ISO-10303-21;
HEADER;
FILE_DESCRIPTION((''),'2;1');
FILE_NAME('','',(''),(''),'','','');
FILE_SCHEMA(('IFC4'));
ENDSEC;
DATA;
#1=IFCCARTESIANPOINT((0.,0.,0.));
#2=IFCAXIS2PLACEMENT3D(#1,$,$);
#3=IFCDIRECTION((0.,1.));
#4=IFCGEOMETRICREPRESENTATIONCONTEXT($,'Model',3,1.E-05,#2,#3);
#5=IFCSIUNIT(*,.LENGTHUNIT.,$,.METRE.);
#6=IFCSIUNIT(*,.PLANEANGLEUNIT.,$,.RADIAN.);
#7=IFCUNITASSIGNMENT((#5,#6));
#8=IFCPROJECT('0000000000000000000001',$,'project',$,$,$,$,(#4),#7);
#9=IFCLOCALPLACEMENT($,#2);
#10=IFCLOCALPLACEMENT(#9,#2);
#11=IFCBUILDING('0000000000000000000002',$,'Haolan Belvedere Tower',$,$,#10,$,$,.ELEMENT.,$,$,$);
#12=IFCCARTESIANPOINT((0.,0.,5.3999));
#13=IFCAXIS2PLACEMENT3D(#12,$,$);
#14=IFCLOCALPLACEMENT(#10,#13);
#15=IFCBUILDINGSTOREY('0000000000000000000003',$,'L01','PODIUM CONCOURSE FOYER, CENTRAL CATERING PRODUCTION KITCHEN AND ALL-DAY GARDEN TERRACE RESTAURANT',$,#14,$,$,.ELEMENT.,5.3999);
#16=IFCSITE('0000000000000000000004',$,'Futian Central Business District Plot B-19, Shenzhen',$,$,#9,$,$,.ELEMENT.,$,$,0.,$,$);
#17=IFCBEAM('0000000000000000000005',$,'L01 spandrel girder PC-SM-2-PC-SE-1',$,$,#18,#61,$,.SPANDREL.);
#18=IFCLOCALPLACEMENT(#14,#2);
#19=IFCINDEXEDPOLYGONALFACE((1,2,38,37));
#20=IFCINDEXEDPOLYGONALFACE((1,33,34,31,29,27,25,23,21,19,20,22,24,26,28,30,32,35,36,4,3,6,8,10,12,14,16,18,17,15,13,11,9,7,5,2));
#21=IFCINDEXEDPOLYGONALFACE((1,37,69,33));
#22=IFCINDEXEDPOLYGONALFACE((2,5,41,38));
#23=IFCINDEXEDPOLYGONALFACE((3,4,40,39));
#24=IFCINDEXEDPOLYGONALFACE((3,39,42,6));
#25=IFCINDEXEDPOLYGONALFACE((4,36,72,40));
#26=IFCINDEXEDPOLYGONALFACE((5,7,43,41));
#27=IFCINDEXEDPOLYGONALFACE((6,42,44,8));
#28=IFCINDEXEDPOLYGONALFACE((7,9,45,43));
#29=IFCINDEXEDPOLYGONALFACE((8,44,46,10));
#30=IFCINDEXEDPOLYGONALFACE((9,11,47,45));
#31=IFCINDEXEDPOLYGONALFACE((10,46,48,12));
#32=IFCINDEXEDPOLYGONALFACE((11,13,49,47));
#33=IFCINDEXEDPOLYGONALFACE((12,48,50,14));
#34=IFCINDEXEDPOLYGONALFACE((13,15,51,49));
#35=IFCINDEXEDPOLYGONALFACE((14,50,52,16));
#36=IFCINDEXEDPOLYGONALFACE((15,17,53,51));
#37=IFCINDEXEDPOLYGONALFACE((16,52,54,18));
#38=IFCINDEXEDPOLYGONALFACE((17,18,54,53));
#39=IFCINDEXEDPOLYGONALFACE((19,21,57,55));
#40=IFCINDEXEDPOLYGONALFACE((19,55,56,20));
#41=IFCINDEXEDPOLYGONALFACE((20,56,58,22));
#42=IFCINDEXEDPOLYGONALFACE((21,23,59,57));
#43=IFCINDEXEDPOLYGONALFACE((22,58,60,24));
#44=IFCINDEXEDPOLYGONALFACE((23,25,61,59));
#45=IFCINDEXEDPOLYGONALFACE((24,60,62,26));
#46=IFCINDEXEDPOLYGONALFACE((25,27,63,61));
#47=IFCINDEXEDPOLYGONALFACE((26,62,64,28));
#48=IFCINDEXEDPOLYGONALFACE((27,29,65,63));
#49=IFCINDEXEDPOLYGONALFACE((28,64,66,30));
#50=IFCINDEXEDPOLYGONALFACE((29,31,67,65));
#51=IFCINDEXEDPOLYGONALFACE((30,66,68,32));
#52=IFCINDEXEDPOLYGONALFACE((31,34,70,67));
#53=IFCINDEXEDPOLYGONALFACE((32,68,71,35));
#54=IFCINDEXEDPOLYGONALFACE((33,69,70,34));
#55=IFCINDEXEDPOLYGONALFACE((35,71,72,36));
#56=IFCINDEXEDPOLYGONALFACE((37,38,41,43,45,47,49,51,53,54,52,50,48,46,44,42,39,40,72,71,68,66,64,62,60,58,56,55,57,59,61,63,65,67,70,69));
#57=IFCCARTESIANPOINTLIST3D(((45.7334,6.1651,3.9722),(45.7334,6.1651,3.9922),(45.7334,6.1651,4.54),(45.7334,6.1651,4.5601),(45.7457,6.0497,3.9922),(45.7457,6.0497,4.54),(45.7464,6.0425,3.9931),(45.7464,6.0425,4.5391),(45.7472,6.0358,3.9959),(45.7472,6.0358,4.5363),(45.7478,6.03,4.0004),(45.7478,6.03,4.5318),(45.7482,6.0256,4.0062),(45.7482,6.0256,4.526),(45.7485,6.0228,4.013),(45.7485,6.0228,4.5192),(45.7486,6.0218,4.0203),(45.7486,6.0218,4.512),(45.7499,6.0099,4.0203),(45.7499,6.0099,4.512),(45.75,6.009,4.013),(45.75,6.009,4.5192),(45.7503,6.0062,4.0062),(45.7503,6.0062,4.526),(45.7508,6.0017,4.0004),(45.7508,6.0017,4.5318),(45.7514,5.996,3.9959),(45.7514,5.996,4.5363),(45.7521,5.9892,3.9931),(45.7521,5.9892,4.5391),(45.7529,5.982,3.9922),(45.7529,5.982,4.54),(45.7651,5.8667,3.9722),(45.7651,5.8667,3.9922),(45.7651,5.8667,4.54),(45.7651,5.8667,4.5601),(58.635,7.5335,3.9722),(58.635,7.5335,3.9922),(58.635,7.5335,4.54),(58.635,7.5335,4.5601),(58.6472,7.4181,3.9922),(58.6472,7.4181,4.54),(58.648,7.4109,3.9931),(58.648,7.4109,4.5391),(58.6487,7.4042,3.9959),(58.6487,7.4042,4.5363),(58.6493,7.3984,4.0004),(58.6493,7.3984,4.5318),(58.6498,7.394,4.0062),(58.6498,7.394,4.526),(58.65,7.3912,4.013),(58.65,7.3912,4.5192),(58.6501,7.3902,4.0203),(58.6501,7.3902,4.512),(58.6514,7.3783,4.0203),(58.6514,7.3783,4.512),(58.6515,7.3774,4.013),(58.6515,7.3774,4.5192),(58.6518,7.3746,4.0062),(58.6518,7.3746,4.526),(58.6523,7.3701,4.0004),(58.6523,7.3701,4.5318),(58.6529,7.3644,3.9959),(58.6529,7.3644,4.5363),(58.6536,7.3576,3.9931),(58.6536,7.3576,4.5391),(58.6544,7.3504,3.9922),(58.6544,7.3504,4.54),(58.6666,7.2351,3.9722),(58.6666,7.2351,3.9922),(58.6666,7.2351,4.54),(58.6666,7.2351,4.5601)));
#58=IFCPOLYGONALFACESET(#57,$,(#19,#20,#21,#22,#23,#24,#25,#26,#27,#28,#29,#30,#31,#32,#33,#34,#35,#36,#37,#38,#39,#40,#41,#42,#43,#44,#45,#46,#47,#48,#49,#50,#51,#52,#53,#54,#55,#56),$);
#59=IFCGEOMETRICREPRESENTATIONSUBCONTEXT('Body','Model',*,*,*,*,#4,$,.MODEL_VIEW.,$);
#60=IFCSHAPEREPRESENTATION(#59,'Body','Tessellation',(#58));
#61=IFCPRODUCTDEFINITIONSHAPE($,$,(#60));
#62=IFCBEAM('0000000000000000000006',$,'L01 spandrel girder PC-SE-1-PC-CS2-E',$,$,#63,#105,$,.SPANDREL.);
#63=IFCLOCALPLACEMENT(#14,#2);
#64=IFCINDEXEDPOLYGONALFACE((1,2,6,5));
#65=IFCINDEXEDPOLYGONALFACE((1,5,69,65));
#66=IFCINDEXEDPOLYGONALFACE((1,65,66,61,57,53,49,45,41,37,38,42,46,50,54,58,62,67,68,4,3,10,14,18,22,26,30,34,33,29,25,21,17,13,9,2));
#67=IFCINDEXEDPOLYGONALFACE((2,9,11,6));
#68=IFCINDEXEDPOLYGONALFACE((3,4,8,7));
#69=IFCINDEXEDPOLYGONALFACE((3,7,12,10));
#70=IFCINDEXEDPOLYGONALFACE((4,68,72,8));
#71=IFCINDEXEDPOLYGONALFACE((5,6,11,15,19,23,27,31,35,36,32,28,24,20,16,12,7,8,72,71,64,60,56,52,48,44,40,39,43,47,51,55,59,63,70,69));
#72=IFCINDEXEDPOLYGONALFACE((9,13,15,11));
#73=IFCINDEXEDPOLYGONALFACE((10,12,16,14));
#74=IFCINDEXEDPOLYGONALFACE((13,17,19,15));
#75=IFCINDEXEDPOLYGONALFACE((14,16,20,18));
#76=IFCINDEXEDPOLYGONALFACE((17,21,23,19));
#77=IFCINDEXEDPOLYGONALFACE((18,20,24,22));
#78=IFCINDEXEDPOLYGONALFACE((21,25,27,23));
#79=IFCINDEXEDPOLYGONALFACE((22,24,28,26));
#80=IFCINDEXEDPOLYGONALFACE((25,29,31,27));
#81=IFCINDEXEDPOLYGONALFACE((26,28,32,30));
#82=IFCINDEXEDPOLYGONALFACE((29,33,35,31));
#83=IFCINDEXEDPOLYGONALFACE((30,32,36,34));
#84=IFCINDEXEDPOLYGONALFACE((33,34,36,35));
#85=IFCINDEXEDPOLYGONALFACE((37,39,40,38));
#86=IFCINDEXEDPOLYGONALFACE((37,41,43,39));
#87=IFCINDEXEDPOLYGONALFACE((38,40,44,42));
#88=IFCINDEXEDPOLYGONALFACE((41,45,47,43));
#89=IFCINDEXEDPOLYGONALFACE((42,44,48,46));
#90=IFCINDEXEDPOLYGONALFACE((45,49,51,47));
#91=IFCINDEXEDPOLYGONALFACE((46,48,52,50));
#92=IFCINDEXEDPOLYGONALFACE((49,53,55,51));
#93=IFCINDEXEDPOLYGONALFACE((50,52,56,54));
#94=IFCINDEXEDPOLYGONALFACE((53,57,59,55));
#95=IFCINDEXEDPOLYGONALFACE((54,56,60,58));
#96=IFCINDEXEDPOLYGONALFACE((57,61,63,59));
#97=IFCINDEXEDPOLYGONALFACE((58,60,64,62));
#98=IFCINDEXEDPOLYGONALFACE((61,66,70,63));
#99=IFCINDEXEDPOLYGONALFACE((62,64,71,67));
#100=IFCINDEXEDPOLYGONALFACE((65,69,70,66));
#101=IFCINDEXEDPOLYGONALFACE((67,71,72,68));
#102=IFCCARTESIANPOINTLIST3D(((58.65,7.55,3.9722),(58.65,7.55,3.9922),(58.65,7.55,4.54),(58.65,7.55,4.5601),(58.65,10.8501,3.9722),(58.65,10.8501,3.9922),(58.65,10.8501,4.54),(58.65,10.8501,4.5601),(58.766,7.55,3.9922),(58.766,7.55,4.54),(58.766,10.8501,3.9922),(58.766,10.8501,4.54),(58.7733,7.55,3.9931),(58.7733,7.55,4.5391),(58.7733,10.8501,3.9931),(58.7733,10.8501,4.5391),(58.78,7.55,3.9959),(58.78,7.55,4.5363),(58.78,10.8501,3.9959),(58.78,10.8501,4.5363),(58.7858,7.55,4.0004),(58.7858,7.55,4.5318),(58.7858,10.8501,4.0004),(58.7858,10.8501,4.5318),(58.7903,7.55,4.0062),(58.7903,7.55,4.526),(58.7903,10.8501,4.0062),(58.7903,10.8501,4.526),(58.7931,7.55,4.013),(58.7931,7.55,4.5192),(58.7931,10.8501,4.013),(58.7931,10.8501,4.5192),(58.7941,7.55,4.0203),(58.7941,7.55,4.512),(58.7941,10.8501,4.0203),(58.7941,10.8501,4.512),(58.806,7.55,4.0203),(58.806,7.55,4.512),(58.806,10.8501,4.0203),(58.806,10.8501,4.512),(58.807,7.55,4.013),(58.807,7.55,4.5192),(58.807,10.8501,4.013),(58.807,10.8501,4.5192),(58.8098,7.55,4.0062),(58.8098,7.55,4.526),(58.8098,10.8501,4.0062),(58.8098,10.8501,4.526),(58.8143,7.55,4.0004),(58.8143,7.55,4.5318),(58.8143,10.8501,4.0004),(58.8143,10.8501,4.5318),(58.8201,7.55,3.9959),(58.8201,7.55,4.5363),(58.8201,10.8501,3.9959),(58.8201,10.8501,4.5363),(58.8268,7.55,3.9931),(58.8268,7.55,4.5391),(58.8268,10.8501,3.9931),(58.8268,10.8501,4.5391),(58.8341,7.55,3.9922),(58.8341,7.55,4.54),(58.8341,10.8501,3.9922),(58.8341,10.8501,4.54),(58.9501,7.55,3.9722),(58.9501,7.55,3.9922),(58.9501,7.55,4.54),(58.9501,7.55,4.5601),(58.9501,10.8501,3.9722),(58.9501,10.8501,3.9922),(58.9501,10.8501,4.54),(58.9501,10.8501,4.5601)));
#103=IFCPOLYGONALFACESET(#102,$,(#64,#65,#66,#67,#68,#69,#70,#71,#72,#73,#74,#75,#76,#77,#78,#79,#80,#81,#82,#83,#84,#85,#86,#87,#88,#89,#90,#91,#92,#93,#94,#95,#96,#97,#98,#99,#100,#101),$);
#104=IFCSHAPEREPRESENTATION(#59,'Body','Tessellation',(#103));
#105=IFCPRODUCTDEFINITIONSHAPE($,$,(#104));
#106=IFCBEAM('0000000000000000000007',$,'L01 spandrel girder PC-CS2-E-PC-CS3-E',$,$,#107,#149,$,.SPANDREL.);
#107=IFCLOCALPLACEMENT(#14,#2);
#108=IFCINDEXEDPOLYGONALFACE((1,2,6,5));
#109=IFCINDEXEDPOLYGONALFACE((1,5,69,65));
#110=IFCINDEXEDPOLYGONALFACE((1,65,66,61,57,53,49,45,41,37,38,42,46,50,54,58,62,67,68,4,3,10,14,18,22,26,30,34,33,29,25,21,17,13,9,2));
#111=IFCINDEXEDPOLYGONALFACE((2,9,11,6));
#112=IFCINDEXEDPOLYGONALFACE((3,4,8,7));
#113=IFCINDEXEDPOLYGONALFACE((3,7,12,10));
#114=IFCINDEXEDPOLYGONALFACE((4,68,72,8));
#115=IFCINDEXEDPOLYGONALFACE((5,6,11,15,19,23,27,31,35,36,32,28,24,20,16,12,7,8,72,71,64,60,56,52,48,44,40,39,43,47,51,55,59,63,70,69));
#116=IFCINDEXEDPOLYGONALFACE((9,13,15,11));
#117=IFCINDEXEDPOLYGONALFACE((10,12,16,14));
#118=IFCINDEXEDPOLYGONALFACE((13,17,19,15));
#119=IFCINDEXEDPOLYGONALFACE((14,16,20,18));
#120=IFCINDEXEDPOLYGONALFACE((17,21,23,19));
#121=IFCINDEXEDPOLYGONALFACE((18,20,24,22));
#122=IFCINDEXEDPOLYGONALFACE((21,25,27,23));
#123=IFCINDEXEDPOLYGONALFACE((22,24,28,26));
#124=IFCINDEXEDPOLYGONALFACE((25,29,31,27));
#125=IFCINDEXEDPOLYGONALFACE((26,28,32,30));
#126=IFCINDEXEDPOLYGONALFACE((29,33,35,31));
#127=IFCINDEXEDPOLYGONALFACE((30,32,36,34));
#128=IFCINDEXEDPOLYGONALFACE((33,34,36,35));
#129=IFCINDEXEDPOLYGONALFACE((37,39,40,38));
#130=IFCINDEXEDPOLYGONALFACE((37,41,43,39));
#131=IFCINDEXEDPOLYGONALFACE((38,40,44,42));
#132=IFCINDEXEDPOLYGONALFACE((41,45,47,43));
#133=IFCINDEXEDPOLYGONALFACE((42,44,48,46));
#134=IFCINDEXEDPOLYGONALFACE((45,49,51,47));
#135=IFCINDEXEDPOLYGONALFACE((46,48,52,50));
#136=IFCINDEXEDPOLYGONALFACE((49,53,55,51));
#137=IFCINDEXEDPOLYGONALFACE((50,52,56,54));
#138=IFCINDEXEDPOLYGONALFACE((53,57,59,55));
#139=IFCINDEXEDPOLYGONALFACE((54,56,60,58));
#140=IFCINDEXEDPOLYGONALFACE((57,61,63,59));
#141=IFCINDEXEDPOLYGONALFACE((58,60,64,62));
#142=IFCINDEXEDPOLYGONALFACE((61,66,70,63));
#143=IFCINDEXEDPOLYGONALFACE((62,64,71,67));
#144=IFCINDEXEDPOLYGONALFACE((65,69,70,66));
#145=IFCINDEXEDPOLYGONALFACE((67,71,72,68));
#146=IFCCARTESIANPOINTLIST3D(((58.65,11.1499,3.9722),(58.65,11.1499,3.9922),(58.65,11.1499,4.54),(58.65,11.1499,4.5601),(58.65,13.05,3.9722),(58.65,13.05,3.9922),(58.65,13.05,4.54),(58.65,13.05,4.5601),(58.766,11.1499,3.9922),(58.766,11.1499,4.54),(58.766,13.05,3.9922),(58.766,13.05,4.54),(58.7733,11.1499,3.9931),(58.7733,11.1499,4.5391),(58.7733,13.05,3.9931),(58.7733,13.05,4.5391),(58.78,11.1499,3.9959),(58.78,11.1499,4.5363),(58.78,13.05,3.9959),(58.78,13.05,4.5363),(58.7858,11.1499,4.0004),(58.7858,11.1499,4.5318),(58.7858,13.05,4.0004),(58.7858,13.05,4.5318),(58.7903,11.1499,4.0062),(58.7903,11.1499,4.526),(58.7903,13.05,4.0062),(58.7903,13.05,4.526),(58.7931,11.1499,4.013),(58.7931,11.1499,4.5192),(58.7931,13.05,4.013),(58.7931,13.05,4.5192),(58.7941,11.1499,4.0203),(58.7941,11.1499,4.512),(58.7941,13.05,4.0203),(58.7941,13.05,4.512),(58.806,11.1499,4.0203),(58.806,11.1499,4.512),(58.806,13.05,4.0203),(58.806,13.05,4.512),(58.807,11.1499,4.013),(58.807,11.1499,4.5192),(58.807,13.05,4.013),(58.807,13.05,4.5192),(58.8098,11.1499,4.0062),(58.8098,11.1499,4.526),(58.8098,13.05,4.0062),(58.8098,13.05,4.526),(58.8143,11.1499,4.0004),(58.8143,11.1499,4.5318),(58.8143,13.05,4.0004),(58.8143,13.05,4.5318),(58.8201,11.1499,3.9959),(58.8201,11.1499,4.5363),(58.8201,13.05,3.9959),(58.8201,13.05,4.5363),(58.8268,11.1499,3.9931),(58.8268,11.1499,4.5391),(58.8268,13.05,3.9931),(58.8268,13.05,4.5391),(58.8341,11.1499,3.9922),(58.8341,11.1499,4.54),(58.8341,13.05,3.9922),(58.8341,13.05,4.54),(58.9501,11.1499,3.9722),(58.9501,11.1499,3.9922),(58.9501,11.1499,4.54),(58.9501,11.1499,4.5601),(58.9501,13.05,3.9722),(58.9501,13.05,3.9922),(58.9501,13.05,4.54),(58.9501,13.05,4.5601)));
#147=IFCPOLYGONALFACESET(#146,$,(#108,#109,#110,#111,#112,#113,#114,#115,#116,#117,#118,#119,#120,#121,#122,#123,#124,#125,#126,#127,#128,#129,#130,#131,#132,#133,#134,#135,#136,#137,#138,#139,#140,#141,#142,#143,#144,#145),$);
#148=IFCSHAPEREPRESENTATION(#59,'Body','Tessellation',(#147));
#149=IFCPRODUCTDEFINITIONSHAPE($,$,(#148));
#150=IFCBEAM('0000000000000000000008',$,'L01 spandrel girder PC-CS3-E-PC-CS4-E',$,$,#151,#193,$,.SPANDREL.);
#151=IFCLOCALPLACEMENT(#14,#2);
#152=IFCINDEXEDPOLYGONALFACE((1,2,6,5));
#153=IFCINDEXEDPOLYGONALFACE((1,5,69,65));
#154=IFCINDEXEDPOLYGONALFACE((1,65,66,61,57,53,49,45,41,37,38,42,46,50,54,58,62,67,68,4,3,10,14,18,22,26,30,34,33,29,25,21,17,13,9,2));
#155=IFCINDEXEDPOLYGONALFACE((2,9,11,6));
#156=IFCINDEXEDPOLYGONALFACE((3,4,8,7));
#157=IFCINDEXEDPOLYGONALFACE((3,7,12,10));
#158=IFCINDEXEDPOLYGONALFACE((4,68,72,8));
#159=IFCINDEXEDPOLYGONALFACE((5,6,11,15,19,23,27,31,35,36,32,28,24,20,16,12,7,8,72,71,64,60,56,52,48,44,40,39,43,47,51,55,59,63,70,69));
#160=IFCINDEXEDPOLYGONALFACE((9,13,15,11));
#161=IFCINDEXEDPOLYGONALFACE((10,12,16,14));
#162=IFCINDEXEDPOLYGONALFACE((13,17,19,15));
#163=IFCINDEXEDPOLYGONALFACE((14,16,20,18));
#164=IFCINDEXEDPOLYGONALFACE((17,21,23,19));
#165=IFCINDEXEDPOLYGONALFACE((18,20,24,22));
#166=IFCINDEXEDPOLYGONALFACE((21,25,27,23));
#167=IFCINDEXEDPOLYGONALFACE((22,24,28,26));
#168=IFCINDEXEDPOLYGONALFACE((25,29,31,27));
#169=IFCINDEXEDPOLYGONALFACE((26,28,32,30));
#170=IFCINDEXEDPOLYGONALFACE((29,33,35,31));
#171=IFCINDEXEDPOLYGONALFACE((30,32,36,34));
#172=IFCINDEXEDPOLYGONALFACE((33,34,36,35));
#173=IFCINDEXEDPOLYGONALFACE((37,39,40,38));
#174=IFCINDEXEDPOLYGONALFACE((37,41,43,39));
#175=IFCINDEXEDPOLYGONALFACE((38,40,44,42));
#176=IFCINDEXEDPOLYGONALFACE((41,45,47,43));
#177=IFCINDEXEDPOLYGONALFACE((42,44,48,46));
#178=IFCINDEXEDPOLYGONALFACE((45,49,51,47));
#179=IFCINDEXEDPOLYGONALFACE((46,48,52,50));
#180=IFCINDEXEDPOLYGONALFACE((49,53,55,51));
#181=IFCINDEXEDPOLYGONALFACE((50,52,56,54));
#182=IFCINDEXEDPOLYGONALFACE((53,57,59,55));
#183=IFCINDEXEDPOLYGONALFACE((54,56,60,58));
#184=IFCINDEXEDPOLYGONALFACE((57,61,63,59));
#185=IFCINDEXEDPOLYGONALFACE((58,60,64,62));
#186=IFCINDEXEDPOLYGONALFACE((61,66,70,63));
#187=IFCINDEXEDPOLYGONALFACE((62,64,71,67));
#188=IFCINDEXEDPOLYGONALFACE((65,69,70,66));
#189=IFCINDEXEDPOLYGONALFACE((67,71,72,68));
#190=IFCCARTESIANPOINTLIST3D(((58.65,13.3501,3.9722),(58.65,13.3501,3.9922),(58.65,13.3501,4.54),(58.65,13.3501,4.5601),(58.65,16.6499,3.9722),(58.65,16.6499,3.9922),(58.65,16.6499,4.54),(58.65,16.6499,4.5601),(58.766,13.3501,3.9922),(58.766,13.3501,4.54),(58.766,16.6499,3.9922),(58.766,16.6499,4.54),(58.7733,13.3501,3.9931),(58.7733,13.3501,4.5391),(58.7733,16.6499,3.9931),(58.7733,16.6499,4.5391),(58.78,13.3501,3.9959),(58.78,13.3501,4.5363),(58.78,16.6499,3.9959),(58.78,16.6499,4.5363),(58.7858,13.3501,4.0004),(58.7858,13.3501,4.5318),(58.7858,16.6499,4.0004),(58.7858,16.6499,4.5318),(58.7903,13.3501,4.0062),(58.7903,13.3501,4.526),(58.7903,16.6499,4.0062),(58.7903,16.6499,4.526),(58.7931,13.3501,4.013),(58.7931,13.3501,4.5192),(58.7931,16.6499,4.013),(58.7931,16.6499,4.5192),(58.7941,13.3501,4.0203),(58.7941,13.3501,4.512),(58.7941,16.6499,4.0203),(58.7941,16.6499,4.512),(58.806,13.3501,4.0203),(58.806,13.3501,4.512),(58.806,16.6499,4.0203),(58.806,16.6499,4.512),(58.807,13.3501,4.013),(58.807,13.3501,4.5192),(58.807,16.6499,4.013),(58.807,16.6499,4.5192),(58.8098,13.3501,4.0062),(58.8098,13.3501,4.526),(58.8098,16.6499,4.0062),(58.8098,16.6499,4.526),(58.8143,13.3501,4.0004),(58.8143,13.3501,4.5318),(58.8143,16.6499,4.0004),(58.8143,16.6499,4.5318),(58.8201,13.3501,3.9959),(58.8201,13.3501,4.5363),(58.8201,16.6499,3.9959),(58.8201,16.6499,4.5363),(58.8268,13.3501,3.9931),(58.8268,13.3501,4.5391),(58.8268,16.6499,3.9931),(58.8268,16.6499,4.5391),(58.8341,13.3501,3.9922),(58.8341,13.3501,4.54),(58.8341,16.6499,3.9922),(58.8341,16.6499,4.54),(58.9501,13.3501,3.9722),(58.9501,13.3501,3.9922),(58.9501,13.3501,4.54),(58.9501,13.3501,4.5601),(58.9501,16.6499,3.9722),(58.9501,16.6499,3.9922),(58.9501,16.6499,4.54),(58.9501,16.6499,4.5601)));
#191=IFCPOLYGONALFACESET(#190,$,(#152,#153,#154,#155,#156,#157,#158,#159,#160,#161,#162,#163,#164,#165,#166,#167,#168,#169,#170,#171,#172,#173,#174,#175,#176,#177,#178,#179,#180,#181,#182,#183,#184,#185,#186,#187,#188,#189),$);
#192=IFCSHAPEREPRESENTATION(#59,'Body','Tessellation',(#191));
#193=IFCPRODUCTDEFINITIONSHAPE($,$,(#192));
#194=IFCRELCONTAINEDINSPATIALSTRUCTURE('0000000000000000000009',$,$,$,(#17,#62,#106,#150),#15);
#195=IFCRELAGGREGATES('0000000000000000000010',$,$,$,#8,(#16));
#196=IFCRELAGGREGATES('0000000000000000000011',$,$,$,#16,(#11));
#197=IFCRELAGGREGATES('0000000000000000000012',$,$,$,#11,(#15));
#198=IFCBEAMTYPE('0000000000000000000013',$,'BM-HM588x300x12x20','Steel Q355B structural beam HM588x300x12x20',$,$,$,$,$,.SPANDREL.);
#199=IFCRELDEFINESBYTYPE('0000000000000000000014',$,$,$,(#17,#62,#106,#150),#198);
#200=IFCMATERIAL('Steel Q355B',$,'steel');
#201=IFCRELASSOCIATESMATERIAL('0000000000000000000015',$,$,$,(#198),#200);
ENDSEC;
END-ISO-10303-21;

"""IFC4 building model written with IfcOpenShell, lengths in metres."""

from ifc_helpers import new_model, si_unit, direction, frame, origin, origin_2d, place, context, subcontext, project, spatial, i_section, extrude, material, material_profile, profile_set, type_object, element, save


model = new_model("IFC4")

# Units and contexts
model_context = context("Model", 3, precision=1e-05, world=origin(), true_north=direction((0.0, 1.0)))
body_context = subcontext(model_context, "Body", "Model", "MODEL_VIEW")
ifc_project = project(units=[si_unit("LENGTHUNIT", "METRE"), si_unit("PLANEANGLEUNIT", "RADIAN")], contexts=[model_context])

# Site, building, storey
site_placement = place(None, origin())
site = spatial("IfcSite", under=ifc_project, at=site_placement, Name="Futian Central Business District Plot B-19, Shenzhen", CompositionType="ELEMENT", RefElevation=0.0)
building_placement = place(site_placement, origin())
building = spatial("IfcBuilding", under=site, at=building_placement, Name="Haolan Belvedere Tower", CompositionType="ELEMENT")
storey_placement = place(building_placement, frame((0.0, 0.0, 5.3999)))
storey = spatial("IfcBuildingStorey", under=building, at=storey_placement, Name="L01", Description="PODIUM CONCOURSE FOYER, CENTRAL CATERING PRODUCTION KITCHEN AND ALL-DAY GARDEN TERRACE RESTAURANT", CompositionType="ELEMENT", Elevation=5.3999)

# Shared definitions
ifc_material_1 = material(Name="Steel Q355B", Category="steel")

# Beams
ifc_material_profile_1 = material_profile(ifc_material_1, i_section(OverallWidth=0.3, OverallDepth=0.5879, WebThickness=0.012, FlangeThickness=0.02, FilletRadius=0.0281, at=origin_2d()), Name="Steel Q355B")
ifc_profile_set_1 = profile_set([ifc_material_profile_1], Name="Steel Q355B")
beam_type_1 = type_object("IfcBeamType", Name="BM-HM588x300x12x20", Description="Steel Q355B structural beam HM588x300x12x20", PredefinedType="SPANDREL", material=ifc_profile_set_1)
beam_1_placement = place(storey_placement, frame((45.7493, 6.0159, 4.2661), z_axis=(0.994422, 0.105473, 0.0), x_axis=(-0.105473, 0.994422, 0.0)))
element("IfcBeam", 1, at=beam_1_placement, inside=storey, type_object=beam_type_1, Name="L01 spandrel girder PC-SM-2-PC-SE-1", PredefinedType="SPANDREL", context=body_context, shape_type="SweptSolid", body=[
    extrude(i_section(OverallWidth=0.3, OverallDepth=0.5879, WebThickness=0.012, FlangeThickness=0.02, FilletRadius=0.0281, at=origin_2d()), origin(), (0.0, 0.0, 1.0), 12.9739),
])
beam_2_placement = place(storey_placement, frame((58.8, 7.55, 4.2661), z_axis=(0.0, 1.0, 0.0), x_axis=(-1.0, 0.0, 0.0)))
element("IfcBeam", 2, at=beam_2_placement, inside=storey, type_object=beam_type_1, Name="L01 spandrel girder PC-SE-1-PC-CS2-E", PredefinedType="SPANDREL", context=body_context, shape_type="SweptSolid", body=[
    extrude(i_section(OverallWidth=0.3, OverallDepth=0.5879, WebThickness=0.012, FlangeThickness=0.02, FilletRadius=0.0281, at=origin_2d()), origin(), (0.0, 0.0, 1.0), 3.3),
])
beam_3_placement = place(storey_placement, frame((58.8, 11.1499, 4.2661), z_axis=(0.0, 1.0, 0.0), x_axis=(-1.0, 0.0, 0.0)))
element("IfcBeam", 3, at=beam_3_placement, inside=storey, type_object=beam_type_1, Name="L01 spandrel girder PC-CS2-E-PC-CS3-E", PredefinedType="SPANDREL", context=body_context, shape_type="SweptSolid", body=[
    extrude(i_section(OverallWidth=0.3, OverallDepth=0.5879, WebThickness=0.012, FlangeThickness=0.02, FilletRadius=0.0281, at=origin_2d()), origin(), (0.0, 0.0, 1.0), 1.9001),
])
beam_4_placement = place(storey_placement, frame((58.8, 13.3501, 4.2661), z_axis=(0.0, 1.0, 0.0), x_axis=(-1.0, 0.0, 0.0)))
element("IfcBeam", 4, at=beam_4_placement, inside=storey, type_object=beam_type_1, Name="L01 spandrel girder PC-CS3-E-PC-CS4-E", PredefinedType="SPANDREL", context=body_context, shape_type="SweptSolid", body=[
    extrude(i_section(OverallWidth=0.3, OverallDepth=0.5879, WebThickness=0.012, FlangeThickness=0.02, FilletRadius=0.0281, at=origin_2d()), origin(), (0.0, 0.0, 1.0), 3.2998),
])

save(model, "model.ifc")
